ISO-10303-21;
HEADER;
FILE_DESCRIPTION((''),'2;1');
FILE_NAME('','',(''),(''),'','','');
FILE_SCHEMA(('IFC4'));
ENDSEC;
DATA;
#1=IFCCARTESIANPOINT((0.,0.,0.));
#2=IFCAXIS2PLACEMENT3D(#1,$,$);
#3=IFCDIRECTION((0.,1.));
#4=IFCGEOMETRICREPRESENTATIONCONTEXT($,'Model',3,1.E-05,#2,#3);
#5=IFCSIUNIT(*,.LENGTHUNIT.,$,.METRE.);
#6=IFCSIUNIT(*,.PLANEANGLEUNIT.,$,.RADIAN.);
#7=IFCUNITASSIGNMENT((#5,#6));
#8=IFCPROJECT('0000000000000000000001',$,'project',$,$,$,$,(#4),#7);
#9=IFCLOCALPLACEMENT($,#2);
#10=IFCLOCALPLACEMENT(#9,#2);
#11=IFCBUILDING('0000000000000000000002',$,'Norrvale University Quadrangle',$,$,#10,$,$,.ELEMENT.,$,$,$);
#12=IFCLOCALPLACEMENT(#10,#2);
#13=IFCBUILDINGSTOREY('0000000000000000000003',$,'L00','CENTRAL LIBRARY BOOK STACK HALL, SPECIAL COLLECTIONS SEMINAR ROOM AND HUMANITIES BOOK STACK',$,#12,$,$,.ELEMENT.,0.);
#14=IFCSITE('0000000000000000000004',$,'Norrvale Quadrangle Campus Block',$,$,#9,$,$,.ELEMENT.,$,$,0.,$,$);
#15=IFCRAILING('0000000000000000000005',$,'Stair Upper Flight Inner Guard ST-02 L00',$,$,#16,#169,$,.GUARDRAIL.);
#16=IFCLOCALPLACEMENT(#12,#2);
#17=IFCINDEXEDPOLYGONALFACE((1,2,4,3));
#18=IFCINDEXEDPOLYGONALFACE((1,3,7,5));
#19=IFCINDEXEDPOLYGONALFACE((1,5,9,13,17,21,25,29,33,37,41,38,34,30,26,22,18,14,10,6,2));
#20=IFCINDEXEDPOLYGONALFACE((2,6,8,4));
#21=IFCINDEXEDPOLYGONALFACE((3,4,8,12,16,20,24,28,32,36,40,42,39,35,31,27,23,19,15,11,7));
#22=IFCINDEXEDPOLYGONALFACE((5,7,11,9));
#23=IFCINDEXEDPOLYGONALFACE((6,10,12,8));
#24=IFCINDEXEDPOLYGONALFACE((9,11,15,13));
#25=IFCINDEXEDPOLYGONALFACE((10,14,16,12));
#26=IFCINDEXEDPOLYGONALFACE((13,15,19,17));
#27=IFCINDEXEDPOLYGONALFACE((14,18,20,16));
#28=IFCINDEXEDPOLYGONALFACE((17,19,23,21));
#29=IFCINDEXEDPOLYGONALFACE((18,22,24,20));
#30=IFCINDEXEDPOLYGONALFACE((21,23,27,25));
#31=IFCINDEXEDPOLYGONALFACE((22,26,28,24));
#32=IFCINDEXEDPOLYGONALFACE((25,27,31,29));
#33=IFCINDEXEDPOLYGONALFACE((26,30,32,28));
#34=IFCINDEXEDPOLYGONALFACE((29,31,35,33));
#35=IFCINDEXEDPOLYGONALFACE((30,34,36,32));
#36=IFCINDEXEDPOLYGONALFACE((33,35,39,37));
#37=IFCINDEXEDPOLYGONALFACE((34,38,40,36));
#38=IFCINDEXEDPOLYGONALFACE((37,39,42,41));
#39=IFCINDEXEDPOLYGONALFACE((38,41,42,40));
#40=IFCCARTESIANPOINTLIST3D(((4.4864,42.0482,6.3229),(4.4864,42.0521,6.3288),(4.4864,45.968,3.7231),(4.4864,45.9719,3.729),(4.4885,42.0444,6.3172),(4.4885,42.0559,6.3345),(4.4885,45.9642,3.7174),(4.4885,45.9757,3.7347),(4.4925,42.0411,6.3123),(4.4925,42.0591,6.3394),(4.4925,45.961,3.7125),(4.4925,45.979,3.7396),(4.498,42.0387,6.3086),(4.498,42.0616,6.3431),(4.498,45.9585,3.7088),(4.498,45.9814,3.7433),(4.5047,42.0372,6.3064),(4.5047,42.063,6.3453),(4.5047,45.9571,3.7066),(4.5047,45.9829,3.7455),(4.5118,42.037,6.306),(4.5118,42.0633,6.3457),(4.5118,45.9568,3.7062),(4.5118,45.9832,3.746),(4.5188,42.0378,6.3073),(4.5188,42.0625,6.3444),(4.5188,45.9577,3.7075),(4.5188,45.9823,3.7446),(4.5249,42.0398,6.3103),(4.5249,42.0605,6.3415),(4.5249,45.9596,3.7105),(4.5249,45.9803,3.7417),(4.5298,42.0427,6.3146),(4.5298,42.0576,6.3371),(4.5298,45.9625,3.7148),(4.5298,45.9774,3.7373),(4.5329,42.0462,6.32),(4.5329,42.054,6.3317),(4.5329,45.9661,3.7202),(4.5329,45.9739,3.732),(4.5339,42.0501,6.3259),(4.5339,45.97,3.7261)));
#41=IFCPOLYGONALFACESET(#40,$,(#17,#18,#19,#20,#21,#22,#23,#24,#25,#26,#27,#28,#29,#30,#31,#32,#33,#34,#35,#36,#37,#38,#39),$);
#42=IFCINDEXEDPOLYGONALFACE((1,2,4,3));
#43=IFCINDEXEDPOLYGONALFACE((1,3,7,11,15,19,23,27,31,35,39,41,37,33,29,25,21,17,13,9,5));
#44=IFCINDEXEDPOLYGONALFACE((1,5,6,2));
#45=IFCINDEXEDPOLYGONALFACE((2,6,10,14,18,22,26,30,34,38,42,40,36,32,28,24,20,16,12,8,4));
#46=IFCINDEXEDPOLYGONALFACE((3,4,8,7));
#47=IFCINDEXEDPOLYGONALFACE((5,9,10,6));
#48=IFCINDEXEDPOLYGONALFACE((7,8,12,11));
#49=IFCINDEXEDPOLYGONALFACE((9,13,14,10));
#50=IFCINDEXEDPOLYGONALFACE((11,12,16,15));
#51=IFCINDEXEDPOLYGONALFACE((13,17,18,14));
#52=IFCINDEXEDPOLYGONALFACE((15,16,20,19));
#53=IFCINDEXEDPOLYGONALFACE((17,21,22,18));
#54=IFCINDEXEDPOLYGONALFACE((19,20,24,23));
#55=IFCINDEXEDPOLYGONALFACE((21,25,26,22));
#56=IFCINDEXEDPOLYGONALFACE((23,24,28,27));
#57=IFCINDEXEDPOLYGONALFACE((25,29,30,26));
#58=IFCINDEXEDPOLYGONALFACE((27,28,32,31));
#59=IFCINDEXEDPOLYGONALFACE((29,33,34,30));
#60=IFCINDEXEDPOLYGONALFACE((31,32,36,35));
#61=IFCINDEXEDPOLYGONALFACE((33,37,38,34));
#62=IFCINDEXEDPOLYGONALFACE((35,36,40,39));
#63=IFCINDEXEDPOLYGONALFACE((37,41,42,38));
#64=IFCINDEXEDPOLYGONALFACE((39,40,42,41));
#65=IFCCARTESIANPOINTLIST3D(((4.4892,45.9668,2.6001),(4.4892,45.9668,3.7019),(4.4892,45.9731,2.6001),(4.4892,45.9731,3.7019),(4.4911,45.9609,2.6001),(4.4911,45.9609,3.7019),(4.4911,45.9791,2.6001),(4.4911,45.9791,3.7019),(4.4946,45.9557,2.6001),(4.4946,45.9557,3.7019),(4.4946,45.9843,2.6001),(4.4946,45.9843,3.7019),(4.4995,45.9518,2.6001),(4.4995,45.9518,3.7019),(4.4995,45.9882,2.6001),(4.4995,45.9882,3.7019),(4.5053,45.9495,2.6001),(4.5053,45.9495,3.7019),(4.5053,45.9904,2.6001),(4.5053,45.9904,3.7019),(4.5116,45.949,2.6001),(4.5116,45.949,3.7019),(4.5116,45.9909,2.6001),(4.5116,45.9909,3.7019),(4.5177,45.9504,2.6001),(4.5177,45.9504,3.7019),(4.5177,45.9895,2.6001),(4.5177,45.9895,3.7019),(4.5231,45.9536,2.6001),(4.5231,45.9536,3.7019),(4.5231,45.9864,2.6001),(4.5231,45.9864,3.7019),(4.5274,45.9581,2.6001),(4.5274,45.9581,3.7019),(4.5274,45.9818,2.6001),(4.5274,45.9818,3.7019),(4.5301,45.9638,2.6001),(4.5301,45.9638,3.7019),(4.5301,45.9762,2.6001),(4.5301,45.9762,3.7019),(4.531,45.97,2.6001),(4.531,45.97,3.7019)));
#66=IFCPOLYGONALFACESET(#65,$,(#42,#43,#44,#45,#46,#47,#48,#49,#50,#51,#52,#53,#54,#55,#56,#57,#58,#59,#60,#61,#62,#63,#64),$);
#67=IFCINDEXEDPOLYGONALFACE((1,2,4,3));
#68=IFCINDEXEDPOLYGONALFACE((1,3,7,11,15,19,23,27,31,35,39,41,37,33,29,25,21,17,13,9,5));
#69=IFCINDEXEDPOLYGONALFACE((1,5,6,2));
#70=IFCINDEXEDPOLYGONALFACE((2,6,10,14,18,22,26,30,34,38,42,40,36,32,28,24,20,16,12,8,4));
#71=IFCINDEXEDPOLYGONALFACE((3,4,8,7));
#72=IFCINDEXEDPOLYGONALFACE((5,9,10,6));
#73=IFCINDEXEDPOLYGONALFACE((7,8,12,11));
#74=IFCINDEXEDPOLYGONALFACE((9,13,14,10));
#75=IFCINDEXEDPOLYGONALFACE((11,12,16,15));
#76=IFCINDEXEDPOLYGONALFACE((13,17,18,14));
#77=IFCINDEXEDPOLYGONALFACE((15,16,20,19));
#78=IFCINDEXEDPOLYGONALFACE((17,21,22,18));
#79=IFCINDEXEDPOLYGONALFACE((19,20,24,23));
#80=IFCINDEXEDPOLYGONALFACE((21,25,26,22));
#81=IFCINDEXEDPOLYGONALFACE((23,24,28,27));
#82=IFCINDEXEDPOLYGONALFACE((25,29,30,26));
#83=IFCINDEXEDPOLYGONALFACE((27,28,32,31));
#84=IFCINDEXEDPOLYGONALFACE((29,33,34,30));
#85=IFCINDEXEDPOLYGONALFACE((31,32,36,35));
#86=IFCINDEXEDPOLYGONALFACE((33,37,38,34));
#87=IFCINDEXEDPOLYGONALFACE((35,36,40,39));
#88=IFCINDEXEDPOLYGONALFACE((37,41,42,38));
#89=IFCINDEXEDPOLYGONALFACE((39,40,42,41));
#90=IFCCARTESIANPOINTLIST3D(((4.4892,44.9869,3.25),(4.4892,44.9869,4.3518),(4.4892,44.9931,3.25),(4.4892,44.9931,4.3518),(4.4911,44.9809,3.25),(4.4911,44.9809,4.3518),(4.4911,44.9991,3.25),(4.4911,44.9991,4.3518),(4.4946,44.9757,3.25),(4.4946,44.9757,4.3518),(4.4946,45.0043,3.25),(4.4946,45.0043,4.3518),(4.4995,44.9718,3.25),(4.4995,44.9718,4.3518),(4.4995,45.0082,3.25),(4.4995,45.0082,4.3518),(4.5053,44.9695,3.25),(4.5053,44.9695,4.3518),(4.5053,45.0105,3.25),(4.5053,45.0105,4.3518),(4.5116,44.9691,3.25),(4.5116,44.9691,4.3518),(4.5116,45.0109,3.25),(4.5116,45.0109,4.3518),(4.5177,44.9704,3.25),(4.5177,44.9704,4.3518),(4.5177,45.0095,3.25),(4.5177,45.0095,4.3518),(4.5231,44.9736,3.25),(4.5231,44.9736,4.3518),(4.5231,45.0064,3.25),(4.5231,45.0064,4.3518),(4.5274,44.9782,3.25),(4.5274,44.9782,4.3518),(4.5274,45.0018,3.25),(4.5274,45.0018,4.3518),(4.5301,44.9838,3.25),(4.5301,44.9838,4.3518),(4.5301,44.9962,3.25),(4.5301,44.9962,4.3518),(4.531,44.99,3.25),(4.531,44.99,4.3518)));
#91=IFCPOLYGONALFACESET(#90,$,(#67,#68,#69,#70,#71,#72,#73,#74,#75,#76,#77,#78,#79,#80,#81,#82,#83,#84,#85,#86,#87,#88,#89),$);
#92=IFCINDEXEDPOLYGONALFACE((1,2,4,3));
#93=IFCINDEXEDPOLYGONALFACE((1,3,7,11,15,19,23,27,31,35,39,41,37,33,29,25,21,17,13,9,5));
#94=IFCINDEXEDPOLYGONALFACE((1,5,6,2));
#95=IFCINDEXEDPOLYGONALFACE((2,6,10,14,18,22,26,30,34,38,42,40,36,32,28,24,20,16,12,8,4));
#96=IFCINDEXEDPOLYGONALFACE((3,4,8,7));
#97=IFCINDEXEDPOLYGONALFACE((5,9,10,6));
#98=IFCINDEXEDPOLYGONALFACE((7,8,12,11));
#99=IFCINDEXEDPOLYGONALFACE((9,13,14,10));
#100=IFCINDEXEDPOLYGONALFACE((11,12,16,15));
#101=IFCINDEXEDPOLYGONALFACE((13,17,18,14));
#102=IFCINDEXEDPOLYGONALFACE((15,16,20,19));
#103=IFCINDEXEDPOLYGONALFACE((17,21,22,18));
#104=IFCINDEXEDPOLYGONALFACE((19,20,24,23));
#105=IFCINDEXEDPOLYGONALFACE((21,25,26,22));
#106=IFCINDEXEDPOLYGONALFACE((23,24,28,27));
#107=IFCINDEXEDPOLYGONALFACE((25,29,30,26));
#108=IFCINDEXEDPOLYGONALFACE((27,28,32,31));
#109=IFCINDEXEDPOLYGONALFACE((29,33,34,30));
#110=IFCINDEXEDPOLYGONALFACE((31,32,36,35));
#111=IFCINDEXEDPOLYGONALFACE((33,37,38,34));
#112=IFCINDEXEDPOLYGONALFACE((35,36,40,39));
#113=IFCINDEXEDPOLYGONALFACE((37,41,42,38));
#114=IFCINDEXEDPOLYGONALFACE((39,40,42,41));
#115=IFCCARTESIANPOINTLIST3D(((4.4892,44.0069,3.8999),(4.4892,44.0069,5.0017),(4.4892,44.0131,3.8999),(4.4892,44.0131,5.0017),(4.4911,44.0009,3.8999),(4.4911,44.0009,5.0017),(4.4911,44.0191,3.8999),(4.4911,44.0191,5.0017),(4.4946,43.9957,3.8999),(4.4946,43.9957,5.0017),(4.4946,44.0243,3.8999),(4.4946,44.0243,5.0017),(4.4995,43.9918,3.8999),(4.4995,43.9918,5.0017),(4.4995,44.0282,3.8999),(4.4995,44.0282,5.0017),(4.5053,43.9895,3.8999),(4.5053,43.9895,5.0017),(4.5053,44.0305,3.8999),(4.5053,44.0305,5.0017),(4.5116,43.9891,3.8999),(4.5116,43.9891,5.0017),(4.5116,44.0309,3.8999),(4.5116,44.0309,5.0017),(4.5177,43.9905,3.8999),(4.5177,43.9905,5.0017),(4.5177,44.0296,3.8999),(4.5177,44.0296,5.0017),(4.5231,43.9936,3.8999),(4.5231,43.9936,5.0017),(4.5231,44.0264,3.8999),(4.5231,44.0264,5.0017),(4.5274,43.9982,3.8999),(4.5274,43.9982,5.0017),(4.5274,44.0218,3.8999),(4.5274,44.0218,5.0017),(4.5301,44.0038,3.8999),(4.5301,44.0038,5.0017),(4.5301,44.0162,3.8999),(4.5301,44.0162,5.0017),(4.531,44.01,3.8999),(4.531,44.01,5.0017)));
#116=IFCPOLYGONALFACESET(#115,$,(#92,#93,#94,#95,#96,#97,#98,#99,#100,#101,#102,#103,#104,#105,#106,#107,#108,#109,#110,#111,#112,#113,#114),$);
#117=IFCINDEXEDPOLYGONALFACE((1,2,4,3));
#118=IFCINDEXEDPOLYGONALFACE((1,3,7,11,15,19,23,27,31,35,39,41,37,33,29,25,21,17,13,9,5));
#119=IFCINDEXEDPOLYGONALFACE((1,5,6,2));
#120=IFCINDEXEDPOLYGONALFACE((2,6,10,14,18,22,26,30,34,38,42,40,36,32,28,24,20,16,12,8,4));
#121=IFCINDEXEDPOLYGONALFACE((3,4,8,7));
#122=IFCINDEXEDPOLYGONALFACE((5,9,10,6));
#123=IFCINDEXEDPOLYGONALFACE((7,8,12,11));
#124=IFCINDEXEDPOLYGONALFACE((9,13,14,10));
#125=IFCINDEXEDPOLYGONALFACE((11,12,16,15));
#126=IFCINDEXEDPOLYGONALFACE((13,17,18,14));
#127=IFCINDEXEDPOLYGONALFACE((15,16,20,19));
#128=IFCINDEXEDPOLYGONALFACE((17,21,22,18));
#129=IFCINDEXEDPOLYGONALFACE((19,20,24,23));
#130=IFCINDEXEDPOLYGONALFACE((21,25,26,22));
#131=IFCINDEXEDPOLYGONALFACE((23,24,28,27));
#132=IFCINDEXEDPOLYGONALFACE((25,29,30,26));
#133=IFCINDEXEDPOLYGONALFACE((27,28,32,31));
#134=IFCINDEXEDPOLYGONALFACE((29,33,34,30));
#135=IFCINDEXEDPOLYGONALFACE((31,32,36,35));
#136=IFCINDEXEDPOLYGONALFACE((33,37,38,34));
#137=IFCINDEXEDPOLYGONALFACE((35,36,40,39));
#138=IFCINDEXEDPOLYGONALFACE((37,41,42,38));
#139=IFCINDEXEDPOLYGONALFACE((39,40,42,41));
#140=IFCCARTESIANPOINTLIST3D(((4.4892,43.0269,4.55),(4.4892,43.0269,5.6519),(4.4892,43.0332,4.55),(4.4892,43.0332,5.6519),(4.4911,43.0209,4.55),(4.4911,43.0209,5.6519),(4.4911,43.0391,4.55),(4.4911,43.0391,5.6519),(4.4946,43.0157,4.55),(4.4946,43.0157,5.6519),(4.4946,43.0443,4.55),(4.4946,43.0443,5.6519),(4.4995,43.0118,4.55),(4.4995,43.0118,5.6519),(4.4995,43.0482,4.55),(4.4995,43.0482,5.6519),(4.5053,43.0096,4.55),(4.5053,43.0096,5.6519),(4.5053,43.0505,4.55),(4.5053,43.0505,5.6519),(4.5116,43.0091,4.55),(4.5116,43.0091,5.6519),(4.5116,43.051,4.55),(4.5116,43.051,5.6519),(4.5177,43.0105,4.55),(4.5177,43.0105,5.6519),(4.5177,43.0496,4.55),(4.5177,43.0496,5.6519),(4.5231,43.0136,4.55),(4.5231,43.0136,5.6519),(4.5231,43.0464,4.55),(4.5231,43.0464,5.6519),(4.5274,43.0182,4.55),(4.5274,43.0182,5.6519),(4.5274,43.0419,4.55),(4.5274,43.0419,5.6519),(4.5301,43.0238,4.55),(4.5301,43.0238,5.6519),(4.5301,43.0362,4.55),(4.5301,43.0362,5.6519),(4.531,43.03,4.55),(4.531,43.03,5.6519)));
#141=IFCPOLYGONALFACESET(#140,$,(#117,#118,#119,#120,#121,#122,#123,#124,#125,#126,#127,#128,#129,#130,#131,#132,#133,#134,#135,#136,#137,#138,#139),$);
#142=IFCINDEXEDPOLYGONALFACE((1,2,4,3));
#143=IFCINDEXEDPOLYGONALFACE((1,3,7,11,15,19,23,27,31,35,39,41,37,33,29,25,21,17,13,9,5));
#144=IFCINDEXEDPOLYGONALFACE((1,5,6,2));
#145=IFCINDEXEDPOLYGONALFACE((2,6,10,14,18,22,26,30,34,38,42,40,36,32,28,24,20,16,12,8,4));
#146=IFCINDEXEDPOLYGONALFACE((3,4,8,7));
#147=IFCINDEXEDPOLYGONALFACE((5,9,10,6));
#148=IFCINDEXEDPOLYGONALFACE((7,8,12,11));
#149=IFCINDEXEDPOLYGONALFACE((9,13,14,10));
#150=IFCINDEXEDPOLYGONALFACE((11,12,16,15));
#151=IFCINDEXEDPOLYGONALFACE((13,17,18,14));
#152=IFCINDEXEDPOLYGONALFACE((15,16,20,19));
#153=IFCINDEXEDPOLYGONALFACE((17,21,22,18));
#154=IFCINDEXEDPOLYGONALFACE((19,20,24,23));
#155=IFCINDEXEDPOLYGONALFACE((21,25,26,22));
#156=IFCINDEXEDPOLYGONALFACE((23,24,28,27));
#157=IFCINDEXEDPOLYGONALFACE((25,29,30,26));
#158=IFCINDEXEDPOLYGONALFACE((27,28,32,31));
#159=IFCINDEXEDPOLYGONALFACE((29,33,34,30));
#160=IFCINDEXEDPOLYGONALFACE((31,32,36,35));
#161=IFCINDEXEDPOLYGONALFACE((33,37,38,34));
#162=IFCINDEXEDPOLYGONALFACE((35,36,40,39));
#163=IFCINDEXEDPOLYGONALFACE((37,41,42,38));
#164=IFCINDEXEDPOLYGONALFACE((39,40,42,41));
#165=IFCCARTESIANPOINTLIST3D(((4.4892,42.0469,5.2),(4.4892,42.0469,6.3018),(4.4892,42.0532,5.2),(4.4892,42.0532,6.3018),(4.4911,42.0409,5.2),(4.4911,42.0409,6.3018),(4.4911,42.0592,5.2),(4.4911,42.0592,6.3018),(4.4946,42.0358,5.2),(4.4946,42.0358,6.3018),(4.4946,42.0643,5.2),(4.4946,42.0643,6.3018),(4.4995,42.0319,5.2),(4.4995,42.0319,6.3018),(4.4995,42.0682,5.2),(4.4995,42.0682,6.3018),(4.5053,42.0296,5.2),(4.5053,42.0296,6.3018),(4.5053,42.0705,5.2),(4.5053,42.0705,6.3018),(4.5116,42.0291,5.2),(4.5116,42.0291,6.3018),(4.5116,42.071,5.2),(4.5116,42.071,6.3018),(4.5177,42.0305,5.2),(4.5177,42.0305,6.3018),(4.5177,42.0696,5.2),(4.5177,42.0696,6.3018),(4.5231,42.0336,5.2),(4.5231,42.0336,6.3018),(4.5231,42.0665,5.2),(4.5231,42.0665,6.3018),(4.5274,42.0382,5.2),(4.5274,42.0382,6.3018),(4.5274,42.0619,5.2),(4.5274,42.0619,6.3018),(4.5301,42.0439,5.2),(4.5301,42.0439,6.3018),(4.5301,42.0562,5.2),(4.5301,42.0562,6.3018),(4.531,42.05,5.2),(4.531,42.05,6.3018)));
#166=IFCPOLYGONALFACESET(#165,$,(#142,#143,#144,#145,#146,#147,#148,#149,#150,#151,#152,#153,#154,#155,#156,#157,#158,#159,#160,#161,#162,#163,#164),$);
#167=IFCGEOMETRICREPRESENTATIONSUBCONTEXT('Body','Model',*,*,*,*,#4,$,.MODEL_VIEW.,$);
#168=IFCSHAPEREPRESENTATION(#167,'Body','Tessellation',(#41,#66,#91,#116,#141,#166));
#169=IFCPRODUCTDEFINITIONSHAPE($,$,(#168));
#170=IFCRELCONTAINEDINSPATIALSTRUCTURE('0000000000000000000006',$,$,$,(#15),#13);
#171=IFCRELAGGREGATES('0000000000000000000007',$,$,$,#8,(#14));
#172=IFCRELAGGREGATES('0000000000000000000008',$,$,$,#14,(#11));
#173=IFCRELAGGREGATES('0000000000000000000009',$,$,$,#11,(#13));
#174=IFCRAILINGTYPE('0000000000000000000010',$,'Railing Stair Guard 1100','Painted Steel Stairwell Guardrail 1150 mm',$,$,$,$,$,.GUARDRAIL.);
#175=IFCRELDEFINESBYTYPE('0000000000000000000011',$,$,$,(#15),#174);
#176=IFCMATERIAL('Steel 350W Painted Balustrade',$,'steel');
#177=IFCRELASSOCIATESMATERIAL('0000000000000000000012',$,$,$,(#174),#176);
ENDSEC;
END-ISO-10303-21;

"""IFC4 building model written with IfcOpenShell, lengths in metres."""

from ifc_helpers import new_model, si_unit, direction, frame, origin, origin_2d, place, context, subcontext, project, spatial, circle, extrude, material, type_object, element, save


model = new_model("IFC4")

# Units and contexts
model_context = context("Model", 3, precision=1e-05, world=origin(), true_north=direction((0.0, 1.0)))
body_context = subcontext(model_context, "Body", "Model", "MODEL_VIEW")
ifc_project = project(units=[si_unit("LENGTHUNIT", "METRE"), si_unit("PLANEANGLEUNIT", "RADIAN")], contexts=[model_context])

# Site, building, storey
site_placement = place(None, origin())
site = spatial("IfcSite", under=ifc_project, at=site_placement, Name="Norrvale Quadrangle Campus Block", CompositionType="ELEMENT", RefElevation=0.0)
building_placement = place(site_placement, origin())
building = spatial("IfcBuilding", under=site, at=building_placement, Name="Norrvale University Quadrangle", CompositionType="ELEMENT")
storey_placement = place(building_placement, origin())
storey = spatial("IfcBuildingStorey", under=building, at=storey_placement, Name="L00", Description="CENTRAL LIBRARY BOOK STACK HALL, SPECIAL COLLECTIONS SEMINAR ROOM AND HUMANITIES BOOK STACK", CompositionType="ELEMENT", Elevation=0.0)

# Railing
ifc_material_1 = material(Name="Steel 350W Painted Balustrade", Category="steel")
railing_type_1 = type_object("IfcRailingType", Name="Railing Stair Guard 1100", Description="Painted Steel Stairwell Guardrail 1150 mm", PredefinedType="GUARDRAIL", material=ifc_material_1)
railing_1_placement = place(storey_placement, frame((4.51, 45.97, 2.6001)))
element("IfcRailing", 1, at=railing_1_placement, inside=storey, type_object=railing_type_1, Name="Stair Upper Flight Inner Guard ST-02 L00", PredefinedType="GUARDRAIL", context=body_context, shape_type="SweptSolid", body=[
    extrude(circle(Radius=0.0239, at=origin_2d()), frame((0.0, 0.0, 1.126), z_axis=(0.0, -0.833366, 0.552722), x_axis=(1.0, 0.0, 0.0)), (0.0, 0.0, 1.0), 4.7036),
    extrude(circle(Radius=0.021, at=origin_2d()), origin(), (0.0, 0.0, 1.0), 1.1018),
    extrude(circle(Radius=0.021, at=origin_2d()), frame((0.0, -0.98, 0.6499)), (0.0, 0.0, 1.0), 1.1018),
    extrude(circle(Radius=0.021, at=origin_2d()), frame((0.0, -1.96, 1.2998)), (0.0, 0.0, 1.0), 1.1018),
    extrude(circle(Radius=0.021, at=origin_2d()), frame((0.0, -2.9399, 1.95)), (0.0, 0.0, 1.0), 1.1018),
    extrude(circle(Radius=0.021, at=origin_2d()), frame((0.0, -3.9199, 2.5999)), (0.0, 0.0, 1.0), 1.1018),
])

save(model, "model.ifc")
